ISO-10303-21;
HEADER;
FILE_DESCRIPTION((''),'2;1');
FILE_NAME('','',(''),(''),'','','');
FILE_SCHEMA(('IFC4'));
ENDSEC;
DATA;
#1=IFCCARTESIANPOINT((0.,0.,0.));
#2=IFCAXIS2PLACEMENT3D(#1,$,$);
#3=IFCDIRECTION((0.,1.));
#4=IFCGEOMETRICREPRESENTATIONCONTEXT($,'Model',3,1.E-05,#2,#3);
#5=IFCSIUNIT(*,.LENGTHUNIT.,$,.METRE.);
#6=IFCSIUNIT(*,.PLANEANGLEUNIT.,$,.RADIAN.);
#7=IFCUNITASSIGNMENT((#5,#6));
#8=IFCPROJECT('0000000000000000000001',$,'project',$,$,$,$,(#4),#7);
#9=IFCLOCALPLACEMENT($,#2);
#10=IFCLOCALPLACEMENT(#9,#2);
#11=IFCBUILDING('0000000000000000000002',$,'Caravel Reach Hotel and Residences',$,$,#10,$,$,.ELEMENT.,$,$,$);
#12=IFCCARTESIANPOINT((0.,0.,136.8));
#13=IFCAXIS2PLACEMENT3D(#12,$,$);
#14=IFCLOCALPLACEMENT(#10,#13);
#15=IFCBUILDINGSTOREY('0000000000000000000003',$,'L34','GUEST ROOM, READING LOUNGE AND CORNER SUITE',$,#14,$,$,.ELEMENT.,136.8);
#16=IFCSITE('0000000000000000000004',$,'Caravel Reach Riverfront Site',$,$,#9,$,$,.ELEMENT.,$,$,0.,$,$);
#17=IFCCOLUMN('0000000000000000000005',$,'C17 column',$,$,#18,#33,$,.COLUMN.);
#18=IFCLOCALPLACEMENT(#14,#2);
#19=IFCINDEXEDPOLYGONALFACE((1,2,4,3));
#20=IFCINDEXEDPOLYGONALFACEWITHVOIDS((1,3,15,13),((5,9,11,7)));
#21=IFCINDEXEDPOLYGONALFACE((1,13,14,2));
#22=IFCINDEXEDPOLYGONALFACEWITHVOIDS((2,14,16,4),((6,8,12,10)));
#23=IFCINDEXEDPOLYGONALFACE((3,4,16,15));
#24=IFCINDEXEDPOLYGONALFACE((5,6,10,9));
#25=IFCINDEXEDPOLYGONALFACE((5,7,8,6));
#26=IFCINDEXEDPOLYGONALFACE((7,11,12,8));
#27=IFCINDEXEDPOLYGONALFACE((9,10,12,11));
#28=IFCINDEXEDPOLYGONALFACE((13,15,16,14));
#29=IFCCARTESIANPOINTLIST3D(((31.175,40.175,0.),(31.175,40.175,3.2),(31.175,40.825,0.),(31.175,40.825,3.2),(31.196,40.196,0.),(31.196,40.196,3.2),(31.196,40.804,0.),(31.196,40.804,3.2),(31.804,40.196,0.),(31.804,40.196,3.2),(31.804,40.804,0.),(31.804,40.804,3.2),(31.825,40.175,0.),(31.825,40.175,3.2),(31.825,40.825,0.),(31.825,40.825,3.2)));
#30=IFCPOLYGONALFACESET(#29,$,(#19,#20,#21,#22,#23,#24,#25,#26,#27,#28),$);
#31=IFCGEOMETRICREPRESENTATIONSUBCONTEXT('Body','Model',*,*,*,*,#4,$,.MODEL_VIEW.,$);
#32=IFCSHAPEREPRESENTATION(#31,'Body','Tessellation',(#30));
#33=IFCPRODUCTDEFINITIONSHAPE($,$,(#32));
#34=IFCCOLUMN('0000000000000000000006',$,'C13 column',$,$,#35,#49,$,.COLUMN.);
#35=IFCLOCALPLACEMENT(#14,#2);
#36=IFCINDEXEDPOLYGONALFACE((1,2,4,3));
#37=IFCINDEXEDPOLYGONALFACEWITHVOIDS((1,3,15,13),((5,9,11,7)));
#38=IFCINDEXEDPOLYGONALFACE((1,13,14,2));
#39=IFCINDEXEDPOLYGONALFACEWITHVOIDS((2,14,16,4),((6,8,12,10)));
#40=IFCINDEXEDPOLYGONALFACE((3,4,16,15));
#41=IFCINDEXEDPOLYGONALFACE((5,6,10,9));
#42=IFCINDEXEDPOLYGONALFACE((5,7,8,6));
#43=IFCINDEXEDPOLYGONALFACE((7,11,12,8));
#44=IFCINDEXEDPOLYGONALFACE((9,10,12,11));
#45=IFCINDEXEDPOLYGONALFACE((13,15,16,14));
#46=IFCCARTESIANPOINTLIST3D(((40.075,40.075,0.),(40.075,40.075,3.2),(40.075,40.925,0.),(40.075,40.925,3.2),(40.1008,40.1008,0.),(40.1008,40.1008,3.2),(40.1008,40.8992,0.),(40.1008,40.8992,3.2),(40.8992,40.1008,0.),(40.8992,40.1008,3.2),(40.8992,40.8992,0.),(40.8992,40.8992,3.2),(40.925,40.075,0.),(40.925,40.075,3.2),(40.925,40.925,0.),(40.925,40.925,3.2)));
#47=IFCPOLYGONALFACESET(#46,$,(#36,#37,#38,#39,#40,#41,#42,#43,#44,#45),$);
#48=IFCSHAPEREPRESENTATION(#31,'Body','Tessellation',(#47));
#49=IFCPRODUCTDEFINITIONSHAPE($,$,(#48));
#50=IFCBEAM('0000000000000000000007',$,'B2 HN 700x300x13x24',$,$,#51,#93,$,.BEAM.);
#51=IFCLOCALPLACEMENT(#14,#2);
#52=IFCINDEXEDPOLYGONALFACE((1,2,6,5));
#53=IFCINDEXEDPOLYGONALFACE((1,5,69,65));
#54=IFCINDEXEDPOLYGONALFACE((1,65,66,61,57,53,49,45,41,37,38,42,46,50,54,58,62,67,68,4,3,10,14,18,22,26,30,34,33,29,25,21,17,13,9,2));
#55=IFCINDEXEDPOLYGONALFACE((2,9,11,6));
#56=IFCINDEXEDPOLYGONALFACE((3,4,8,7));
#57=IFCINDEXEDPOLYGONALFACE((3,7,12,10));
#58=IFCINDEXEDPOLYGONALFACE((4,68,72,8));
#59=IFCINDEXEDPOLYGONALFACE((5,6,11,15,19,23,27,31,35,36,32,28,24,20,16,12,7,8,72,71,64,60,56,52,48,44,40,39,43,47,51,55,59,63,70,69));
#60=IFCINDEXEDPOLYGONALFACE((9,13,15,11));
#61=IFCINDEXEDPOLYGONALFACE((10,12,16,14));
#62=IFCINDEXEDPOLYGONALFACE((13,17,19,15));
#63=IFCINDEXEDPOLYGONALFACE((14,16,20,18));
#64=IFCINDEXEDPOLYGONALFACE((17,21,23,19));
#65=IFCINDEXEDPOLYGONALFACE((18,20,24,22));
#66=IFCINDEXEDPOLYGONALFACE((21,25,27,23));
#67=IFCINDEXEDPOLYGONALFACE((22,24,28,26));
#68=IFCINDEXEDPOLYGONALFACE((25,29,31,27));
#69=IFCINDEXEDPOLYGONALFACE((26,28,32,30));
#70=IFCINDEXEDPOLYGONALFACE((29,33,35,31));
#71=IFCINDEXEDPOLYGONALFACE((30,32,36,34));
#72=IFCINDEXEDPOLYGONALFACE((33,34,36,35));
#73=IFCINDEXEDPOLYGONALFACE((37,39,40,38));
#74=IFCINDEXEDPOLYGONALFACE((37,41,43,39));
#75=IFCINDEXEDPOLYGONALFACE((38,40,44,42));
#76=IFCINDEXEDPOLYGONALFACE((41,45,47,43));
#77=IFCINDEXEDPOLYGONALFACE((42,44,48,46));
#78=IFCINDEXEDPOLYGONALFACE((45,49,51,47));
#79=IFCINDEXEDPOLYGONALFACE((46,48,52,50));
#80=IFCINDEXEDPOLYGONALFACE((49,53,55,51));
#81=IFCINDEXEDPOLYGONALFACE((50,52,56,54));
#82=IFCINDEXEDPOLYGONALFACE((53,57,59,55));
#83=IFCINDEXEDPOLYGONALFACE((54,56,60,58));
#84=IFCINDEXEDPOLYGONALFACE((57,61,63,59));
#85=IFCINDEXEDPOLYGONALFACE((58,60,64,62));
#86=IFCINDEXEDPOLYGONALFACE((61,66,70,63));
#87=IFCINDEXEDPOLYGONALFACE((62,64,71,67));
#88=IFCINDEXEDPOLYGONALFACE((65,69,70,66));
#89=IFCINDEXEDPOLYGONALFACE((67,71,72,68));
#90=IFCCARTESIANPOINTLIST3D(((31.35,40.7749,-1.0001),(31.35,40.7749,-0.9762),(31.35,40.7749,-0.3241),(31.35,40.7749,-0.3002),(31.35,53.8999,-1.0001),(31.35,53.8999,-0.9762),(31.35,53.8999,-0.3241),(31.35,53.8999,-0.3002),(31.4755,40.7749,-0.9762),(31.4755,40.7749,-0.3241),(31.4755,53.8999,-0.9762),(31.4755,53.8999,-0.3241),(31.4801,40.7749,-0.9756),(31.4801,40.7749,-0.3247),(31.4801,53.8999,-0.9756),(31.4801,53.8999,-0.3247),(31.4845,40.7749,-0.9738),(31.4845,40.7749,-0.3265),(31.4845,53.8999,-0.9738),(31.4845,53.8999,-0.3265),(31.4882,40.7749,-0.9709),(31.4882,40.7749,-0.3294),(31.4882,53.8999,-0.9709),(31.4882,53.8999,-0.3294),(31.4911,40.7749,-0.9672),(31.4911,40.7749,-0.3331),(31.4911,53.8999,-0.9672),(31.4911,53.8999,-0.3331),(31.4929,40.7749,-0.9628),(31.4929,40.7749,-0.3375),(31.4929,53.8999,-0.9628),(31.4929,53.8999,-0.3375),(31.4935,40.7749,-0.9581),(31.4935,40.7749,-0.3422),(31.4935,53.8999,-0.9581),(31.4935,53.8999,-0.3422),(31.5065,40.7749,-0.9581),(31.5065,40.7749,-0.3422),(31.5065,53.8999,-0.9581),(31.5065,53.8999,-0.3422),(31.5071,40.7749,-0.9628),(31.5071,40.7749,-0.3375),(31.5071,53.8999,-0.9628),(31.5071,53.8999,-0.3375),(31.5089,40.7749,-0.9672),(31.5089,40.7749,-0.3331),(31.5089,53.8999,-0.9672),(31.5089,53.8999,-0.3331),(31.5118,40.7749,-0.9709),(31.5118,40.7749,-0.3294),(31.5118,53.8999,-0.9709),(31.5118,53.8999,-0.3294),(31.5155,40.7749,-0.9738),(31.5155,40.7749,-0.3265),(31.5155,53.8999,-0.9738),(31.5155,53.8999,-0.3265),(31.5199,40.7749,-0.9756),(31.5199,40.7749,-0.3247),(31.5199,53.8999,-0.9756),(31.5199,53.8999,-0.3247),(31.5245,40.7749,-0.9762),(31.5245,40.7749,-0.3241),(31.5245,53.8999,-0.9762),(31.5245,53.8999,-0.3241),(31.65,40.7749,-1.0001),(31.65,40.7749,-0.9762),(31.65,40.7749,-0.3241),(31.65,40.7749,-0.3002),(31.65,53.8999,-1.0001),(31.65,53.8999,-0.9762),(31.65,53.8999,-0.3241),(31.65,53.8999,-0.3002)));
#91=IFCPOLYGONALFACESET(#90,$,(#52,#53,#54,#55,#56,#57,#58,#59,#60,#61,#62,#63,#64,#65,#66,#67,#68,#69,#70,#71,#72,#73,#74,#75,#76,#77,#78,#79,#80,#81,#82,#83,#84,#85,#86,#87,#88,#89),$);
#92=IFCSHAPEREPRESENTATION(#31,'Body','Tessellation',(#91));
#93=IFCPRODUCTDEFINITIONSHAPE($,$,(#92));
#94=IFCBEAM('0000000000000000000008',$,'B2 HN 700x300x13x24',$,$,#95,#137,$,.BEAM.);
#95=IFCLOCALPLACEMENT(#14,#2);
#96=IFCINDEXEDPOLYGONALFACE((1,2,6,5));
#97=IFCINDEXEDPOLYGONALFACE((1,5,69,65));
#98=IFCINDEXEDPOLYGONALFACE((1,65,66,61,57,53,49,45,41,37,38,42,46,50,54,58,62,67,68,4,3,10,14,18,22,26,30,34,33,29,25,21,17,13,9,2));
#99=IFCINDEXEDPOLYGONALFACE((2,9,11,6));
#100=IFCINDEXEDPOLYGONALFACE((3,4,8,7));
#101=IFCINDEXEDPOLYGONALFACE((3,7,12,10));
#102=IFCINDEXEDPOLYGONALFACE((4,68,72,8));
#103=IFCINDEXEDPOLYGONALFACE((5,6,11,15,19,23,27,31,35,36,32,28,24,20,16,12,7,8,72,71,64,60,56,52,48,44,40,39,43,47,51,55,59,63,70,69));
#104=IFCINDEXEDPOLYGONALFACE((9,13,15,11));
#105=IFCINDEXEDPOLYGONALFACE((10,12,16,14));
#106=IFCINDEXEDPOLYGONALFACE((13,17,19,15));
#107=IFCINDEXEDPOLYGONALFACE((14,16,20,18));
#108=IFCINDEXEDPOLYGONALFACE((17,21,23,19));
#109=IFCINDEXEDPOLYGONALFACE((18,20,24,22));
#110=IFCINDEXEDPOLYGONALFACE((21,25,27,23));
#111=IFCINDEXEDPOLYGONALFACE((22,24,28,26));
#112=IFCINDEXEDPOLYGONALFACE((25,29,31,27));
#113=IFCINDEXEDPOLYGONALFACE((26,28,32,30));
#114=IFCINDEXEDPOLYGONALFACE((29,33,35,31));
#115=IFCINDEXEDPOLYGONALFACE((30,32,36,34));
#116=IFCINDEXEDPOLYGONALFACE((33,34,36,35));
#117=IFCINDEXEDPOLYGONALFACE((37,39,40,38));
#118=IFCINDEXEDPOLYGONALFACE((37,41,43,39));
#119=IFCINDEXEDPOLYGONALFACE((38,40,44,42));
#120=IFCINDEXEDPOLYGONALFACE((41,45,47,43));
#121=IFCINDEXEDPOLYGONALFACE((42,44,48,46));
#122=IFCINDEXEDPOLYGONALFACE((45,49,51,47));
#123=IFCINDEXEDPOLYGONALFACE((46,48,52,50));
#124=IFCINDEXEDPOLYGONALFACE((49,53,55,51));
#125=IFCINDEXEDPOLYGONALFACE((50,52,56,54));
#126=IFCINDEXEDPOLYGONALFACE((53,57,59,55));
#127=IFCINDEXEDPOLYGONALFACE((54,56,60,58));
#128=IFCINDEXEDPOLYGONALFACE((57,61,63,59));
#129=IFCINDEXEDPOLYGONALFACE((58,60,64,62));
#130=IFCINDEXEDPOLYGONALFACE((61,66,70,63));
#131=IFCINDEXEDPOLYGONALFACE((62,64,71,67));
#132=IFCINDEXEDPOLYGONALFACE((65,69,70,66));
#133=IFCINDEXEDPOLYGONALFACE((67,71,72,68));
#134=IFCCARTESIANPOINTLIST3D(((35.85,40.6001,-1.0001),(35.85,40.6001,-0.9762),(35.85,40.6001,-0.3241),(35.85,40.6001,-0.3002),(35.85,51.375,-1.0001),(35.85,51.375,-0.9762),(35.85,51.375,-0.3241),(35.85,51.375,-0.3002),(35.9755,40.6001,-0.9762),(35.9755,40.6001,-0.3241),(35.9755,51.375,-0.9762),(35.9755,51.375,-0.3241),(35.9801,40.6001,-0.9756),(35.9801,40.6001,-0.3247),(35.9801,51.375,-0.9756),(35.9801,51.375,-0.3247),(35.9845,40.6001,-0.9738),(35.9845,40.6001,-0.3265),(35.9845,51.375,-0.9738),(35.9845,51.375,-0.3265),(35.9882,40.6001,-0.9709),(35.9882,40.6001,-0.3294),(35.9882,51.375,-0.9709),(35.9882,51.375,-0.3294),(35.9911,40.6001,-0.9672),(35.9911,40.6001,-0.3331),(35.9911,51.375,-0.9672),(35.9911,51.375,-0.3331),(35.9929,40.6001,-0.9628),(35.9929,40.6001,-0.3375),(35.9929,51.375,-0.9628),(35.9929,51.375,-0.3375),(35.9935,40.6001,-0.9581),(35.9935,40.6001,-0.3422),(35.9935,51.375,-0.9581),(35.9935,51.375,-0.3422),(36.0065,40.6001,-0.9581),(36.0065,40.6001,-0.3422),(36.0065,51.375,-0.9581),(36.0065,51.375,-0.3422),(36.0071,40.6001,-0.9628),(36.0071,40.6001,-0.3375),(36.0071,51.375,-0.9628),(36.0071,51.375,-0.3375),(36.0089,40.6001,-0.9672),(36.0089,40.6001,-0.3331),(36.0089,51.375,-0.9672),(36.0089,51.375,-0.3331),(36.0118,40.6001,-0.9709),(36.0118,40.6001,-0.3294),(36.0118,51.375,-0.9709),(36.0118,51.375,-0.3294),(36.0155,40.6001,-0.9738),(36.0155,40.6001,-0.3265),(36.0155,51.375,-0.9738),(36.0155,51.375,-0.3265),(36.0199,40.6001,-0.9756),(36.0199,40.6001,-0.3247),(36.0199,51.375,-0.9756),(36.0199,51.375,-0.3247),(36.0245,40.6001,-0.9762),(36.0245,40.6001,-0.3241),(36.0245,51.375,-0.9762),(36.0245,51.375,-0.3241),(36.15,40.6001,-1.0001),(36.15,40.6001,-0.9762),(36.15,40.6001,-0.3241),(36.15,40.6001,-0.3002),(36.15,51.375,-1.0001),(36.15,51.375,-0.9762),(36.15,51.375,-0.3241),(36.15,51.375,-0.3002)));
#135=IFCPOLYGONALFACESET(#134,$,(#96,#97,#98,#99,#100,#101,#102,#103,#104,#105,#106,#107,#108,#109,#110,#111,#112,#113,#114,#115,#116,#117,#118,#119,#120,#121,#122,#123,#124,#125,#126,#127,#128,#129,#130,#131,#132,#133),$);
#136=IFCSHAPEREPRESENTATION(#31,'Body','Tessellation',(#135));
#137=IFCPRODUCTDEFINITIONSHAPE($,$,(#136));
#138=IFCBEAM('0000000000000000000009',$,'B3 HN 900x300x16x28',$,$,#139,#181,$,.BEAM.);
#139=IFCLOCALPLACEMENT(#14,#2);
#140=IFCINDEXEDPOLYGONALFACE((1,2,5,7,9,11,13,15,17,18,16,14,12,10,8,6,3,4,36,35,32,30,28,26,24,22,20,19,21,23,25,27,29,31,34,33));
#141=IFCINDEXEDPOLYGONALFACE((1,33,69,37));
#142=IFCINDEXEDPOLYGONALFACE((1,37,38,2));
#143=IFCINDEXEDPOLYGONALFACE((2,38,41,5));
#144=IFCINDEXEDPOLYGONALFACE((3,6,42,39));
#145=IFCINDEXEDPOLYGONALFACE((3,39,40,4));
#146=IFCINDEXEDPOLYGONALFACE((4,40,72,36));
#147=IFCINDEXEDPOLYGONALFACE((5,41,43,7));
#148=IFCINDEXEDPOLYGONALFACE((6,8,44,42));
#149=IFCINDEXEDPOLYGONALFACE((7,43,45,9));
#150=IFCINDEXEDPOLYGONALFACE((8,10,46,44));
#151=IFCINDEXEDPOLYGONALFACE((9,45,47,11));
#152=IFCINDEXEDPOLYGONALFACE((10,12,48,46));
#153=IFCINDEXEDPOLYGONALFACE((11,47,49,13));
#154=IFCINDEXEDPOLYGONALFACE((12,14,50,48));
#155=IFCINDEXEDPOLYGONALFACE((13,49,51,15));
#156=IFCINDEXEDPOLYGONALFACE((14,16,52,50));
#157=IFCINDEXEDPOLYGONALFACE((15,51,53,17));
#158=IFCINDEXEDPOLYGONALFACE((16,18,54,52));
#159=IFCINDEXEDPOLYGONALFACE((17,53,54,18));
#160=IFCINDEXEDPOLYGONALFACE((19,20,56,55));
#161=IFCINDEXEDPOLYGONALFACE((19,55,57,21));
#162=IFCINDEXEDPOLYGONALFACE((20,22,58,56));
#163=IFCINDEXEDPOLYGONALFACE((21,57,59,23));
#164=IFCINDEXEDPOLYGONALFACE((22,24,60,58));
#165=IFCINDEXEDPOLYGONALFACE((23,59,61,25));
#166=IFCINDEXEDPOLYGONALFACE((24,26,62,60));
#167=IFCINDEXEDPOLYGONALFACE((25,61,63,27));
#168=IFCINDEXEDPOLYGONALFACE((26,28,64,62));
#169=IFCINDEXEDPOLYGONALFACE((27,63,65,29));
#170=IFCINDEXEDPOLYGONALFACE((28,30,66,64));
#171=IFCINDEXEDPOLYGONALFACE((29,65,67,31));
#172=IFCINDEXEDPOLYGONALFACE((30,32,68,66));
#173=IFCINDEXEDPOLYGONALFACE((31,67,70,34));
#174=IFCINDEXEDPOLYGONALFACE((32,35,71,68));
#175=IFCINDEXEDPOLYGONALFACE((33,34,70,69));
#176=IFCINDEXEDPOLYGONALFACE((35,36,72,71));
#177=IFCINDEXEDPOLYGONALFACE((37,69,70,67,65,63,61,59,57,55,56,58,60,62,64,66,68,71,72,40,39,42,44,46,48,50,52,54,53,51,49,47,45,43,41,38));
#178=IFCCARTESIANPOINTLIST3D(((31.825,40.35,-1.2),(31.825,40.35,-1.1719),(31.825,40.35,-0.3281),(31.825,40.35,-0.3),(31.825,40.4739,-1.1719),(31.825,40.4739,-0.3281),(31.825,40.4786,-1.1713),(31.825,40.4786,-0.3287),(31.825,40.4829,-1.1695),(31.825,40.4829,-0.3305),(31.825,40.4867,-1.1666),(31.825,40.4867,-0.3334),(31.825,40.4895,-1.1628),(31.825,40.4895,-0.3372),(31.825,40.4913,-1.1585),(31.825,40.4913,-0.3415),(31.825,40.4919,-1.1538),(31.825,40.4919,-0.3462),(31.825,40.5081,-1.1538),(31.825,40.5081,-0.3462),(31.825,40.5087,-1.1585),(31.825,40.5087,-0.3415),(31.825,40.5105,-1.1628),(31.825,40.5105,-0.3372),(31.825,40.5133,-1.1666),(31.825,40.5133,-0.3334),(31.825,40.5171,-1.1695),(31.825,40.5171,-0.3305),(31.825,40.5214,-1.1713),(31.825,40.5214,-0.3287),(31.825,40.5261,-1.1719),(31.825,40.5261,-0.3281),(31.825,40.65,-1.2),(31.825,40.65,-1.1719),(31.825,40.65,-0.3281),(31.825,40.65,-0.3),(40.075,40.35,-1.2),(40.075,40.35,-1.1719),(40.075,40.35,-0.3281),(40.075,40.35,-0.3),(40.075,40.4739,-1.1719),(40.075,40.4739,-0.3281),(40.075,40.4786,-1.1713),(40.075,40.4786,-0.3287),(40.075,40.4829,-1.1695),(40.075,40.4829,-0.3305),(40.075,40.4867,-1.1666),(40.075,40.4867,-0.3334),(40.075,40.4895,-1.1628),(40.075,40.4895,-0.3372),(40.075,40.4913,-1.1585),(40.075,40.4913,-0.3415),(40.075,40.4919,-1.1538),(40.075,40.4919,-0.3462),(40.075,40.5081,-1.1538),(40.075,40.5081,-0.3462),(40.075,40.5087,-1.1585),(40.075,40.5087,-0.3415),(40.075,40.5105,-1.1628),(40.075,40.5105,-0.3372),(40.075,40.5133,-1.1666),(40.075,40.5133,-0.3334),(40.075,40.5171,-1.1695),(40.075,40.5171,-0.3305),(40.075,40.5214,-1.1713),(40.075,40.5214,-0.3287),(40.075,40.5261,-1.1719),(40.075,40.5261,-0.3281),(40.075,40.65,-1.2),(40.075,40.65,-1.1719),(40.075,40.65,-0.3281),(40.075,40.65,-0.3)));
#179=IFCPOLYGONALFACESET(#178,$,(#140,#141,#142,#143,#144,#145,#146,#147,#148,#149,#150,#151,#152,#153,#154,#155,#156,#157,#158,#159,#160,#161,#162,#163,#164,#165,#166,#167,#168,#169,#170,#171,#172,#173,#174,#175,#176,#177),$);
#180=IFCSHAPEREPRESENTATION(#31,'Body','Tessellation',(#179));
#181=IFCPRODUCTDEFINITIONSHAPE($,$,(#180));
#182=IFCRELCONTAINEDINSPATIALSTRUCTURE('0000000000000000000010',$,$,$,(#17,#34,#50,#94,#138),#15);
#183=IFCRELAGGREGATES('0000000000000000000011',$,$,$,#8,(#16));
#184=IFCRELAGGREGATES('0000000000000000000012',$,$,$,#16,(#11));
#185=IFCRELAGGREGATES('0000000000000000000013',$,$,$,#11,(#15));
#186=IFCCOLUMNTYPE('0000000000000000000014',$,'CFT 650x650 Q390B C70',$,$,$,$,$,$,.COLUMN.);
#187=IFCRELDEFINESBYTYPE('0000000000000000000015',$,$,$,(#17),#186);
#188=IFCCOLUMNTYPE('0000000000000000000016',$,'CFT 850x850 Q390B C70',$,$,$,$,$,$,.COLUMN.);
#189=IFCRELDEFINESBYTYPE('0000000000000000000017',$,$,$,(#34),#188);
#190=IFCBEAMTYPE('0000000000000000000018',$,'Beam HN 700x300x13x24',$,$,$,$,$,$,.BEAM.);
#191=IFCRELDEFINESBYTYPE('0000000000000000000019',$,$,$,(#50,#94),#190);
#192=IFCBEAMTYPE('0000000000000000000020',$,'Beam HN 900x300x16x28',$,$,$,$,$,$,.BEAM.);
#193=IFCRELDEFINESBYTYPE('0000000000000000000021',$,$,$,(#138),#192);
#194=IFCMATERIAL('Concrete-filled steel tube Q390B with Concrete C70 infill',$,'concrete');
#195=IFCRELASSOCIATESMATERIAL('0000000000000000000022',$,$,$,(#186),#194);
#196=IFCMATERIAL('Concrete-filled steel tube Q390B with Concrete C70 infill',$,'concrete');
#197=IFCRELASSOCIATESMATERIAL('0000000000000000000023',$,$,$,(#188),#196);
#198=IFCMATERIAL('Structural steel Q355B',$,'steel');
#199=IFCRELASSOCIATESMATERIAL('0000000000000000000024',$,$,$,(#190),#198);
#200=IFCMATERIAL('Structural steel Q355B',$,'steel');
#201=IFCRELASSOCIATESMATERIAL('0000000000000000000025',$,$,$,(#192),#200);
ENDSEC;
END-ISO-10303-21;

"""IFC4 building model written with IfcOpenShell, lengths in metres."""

from ifc_helpers import new_model, si_unit, direction, frame, origin, origin_2d, place, context, subcontext, project, spatial, hollow_rectangle, i_section, extrude, material, material_profile, profile_set, type_object, element, save


model = new_model("IFC4")

# Units and contexts
model_context = context("Model", 3, precision=1e-05, world=origin(), true_north=direction((0.0, 1.0)))
body_context = subcontext(model_context, "Body", "Model", "MODEL_VIEW")
ifc_project = project(units=[si_unit("LENGTHUNIT", "METRE"), si_unit("PLANEANGLEUNIT", "RADIAN")], contexts=[model_context])

# Site, building, storey
site_placement = place(None, origin())
site = spatial("IfcSite", under=ifc_project, at=site_placement, Name="Caravel Reach Riverfront Site", CompositionType="ELEMENT", RefElevation=0.0)
building_placement = place(site_placement, origin())
building = spatial("IfcBuilding", under=site, at=building_placement, Name="Caravel Reach Hotel and Residences", CompositionType="ELEMENT")
storey_placement = place(building_placement, frame((0.0, 0.0, 136.8)))
storey = spatial("IfcBuildingStorey", under=building, at=storey_placement, Name="L34", Description="GUEST ROOM, READING LOUNGE AND CORNER SUITE", CompositionType="ELEMENT", Elevation=136.8)

# Columns
ifc_material_1 = material(Name="Concrete-filled steel tube Q390B with Concrete C70 infill", Category="concrete")
ifc_material_profile_1 = material_profile(ifc_material_1, hollow_rectangle(XDim=0.6499, YDim=0.6499, WallThickness=0.021, at=origin_2d()), Name="RHS 650x650x21")
ifc_profile_set_1 = profile_set([ifc_material_profile_1], Name="Concrete-filled steel tube Q390B with Concrete C70 infill")
column_type_1 = type_object("IfcColumnType", Name="CFT 650x650 Q390B C70", PredefinedType="COLUMN", material=ifc_profile_set_1)
column_1_placement = place(storey_placement, frame((31.5, 40.5, 0.0), z_axis=(0.0, 0.0, 1.0), x_axis=(1.0, 0.0, 0.0)))
element("IfcColumn", 1, at=column_1_placement, inside=storey, type_object=column_type_1, Name="C17 column", PredefinedType="COLUMN", context=body_context, shape_type="SweptSolid", body=[
    extrude(hollow_rectangle(XDim=0.6499, YDim=0.6499, WallThickness=0.021, at=origin_2d()), origin(), (0.0, 0.0, 1.0), 3.2),
])
ifc_material_2 = material(Name="Concrete-filled steel tube Q390B with Concrete C70 infill", Category="concrete")
ifc_material_profile_2 = material_profile(ifc_material_2, hollow_rectangle(XDim=0.8501, YDim=0.8501, WallThickness=0.0259, at=origin_2d()), Name="RHS 850x850x26")
ifc_profile_set_2 = profile_set([ifc_material_profile_2], Name="Concrete-filled steel tube Q390B with Concrete C70 infill")
column_type_2 = type_object("IfcColumnType", Name="CFT 850x850 Q390B C70", PredefinedType="COLUMN", material=ifc_profile_set_2)
column_2_placement = place(storey_placement, frame((40.5, 40.5, 0.0), z_axis=(0.0, 0.0, 1.0), x_axis=(1.0, 0.0, 0.0)))
element("IfcColumn", 2, at=column_2_placement, inside=storey, type_object=column_type_2, Name="C13 column", PredefinedType="COLUMN", context=body_context, shape_type="SweptSolid", body=[
    extrude(hollow_rectangle(XDim=0.8501, YDim=0.8501, WallThickness=0.0259, at=origin_2d()), origin(), (0.0, 0.0, 1.0), 3.2),
])

# Beams
ifc_material_3 = material(Name="Structural steel Q355B", Category="steel")
ifc_material_profile_3 = material_profile(ifc_material_3, i_section(OverallWidth=0.3, OverallDepth=0.7, WebThickness=0.0129, FlangeThickness=0.0239, FilletRadius=0.0181, at=origin_2d()), Name="HN 700x300x13x24")
ifc_profile_set_3 = profile_set([ifc_material_profile_3], Name="Structural steel Q355B")
beam_type_1 = type_object("IfcBeamType", Name="Beam HN 700x300x13x24", PredefinedType="BEAM", material=ifc_profile_set_3)
beam_1_placement = place(storey_placement, frame((31.5, 40.7749, -0.6501), z_axis=(0.0, 1.0, 0.0), x_axis=(-1.0, 0.0, 0.0)))
element("IfcBeam", 3, at=beam_1_placement, inside=storey, type_object=beam_type_1, Name="B2 HN 700x300x13x24", PredefinedType="BEAM", context=body_context, shape_type="SweptSolid", body=[
    extrude(i_section(OverallWidth=0.3, OverallDepth=0.7, WebThickness=0.0129, FlangeThickness=0.0239, FilletRadius=0.0181, at=origin_2d()), origin(), (0.0, 0.0, 1.0), 13.125),
])
beam_2_placement = place(storey_placement, frame((36.0, 40.6001, -0.6501), z_axis=(0.0, 1.0, 0.0), x_axis=(-1.0, 0.0, 0.0)))
element("IfcBeam", 4, at=beam_2_placement, inside=storey, type_object=beam_type_1, Name="B2 HN 700x300x13x24", PredefinedType="BEAM", context=body_context, shape_type="SweptSolid", body=[
    extrude(i_section(OverallWidth=0.3, OverallDepth=0.7, WebThickness=0.0129, FlangeThickness=0.0239, FilletRadius=0.0181, at=origin_2d()), origin(), (0.0, 0.0, 1.0), 10.7749),
])
ifc_material_4 = material(Name="Structural steel Q355B", Category="steel")
ifc_material_profile_4 = material_profile(ifc_material_4, i_section(OverallWidth=0.3, OverallDepth=0.8999, WebThickness=0.0161, FlangeThickness=0.0281, FilletRadius=0.0181, at=origin_2d()), Name="HN 900x300x16x28")
ifc_profile_set_4 = profile_set([ifc_material_profile_4], Name="Structural steel Q355B")
beam_type_2 = type_object("IfcBeamType", Name="Beam HN 900x300x16x28", PredefinedType="BEAM", material=ifc_profile_set_4)
beam_3_placement = place(storey_placement, frame((31.825, 40.5, -0.75), z_axis=(1.0, 0.0, 0.0), x_axis=(0.0, 1.0, 0.0)))
element("IfcBeam", 5, at=beam_3_placement, inside=storey, type_object=beam_type_2, Name="B3 HN 900x300x16x28", PredefinedType="BEAM", context=body_context, shape_type="SweptSolid", body=[
    extrude(i_section(OverallWidth=0.3, OverallDepth=0.8999, WebThickness=0.0161, FlangeThickness=0.0281, FilletRadius=0.0181, at=origin_2d()), origin(), (0.0, 0.0, 1.0), 8.25),
])

save(model, "model.ifc")
